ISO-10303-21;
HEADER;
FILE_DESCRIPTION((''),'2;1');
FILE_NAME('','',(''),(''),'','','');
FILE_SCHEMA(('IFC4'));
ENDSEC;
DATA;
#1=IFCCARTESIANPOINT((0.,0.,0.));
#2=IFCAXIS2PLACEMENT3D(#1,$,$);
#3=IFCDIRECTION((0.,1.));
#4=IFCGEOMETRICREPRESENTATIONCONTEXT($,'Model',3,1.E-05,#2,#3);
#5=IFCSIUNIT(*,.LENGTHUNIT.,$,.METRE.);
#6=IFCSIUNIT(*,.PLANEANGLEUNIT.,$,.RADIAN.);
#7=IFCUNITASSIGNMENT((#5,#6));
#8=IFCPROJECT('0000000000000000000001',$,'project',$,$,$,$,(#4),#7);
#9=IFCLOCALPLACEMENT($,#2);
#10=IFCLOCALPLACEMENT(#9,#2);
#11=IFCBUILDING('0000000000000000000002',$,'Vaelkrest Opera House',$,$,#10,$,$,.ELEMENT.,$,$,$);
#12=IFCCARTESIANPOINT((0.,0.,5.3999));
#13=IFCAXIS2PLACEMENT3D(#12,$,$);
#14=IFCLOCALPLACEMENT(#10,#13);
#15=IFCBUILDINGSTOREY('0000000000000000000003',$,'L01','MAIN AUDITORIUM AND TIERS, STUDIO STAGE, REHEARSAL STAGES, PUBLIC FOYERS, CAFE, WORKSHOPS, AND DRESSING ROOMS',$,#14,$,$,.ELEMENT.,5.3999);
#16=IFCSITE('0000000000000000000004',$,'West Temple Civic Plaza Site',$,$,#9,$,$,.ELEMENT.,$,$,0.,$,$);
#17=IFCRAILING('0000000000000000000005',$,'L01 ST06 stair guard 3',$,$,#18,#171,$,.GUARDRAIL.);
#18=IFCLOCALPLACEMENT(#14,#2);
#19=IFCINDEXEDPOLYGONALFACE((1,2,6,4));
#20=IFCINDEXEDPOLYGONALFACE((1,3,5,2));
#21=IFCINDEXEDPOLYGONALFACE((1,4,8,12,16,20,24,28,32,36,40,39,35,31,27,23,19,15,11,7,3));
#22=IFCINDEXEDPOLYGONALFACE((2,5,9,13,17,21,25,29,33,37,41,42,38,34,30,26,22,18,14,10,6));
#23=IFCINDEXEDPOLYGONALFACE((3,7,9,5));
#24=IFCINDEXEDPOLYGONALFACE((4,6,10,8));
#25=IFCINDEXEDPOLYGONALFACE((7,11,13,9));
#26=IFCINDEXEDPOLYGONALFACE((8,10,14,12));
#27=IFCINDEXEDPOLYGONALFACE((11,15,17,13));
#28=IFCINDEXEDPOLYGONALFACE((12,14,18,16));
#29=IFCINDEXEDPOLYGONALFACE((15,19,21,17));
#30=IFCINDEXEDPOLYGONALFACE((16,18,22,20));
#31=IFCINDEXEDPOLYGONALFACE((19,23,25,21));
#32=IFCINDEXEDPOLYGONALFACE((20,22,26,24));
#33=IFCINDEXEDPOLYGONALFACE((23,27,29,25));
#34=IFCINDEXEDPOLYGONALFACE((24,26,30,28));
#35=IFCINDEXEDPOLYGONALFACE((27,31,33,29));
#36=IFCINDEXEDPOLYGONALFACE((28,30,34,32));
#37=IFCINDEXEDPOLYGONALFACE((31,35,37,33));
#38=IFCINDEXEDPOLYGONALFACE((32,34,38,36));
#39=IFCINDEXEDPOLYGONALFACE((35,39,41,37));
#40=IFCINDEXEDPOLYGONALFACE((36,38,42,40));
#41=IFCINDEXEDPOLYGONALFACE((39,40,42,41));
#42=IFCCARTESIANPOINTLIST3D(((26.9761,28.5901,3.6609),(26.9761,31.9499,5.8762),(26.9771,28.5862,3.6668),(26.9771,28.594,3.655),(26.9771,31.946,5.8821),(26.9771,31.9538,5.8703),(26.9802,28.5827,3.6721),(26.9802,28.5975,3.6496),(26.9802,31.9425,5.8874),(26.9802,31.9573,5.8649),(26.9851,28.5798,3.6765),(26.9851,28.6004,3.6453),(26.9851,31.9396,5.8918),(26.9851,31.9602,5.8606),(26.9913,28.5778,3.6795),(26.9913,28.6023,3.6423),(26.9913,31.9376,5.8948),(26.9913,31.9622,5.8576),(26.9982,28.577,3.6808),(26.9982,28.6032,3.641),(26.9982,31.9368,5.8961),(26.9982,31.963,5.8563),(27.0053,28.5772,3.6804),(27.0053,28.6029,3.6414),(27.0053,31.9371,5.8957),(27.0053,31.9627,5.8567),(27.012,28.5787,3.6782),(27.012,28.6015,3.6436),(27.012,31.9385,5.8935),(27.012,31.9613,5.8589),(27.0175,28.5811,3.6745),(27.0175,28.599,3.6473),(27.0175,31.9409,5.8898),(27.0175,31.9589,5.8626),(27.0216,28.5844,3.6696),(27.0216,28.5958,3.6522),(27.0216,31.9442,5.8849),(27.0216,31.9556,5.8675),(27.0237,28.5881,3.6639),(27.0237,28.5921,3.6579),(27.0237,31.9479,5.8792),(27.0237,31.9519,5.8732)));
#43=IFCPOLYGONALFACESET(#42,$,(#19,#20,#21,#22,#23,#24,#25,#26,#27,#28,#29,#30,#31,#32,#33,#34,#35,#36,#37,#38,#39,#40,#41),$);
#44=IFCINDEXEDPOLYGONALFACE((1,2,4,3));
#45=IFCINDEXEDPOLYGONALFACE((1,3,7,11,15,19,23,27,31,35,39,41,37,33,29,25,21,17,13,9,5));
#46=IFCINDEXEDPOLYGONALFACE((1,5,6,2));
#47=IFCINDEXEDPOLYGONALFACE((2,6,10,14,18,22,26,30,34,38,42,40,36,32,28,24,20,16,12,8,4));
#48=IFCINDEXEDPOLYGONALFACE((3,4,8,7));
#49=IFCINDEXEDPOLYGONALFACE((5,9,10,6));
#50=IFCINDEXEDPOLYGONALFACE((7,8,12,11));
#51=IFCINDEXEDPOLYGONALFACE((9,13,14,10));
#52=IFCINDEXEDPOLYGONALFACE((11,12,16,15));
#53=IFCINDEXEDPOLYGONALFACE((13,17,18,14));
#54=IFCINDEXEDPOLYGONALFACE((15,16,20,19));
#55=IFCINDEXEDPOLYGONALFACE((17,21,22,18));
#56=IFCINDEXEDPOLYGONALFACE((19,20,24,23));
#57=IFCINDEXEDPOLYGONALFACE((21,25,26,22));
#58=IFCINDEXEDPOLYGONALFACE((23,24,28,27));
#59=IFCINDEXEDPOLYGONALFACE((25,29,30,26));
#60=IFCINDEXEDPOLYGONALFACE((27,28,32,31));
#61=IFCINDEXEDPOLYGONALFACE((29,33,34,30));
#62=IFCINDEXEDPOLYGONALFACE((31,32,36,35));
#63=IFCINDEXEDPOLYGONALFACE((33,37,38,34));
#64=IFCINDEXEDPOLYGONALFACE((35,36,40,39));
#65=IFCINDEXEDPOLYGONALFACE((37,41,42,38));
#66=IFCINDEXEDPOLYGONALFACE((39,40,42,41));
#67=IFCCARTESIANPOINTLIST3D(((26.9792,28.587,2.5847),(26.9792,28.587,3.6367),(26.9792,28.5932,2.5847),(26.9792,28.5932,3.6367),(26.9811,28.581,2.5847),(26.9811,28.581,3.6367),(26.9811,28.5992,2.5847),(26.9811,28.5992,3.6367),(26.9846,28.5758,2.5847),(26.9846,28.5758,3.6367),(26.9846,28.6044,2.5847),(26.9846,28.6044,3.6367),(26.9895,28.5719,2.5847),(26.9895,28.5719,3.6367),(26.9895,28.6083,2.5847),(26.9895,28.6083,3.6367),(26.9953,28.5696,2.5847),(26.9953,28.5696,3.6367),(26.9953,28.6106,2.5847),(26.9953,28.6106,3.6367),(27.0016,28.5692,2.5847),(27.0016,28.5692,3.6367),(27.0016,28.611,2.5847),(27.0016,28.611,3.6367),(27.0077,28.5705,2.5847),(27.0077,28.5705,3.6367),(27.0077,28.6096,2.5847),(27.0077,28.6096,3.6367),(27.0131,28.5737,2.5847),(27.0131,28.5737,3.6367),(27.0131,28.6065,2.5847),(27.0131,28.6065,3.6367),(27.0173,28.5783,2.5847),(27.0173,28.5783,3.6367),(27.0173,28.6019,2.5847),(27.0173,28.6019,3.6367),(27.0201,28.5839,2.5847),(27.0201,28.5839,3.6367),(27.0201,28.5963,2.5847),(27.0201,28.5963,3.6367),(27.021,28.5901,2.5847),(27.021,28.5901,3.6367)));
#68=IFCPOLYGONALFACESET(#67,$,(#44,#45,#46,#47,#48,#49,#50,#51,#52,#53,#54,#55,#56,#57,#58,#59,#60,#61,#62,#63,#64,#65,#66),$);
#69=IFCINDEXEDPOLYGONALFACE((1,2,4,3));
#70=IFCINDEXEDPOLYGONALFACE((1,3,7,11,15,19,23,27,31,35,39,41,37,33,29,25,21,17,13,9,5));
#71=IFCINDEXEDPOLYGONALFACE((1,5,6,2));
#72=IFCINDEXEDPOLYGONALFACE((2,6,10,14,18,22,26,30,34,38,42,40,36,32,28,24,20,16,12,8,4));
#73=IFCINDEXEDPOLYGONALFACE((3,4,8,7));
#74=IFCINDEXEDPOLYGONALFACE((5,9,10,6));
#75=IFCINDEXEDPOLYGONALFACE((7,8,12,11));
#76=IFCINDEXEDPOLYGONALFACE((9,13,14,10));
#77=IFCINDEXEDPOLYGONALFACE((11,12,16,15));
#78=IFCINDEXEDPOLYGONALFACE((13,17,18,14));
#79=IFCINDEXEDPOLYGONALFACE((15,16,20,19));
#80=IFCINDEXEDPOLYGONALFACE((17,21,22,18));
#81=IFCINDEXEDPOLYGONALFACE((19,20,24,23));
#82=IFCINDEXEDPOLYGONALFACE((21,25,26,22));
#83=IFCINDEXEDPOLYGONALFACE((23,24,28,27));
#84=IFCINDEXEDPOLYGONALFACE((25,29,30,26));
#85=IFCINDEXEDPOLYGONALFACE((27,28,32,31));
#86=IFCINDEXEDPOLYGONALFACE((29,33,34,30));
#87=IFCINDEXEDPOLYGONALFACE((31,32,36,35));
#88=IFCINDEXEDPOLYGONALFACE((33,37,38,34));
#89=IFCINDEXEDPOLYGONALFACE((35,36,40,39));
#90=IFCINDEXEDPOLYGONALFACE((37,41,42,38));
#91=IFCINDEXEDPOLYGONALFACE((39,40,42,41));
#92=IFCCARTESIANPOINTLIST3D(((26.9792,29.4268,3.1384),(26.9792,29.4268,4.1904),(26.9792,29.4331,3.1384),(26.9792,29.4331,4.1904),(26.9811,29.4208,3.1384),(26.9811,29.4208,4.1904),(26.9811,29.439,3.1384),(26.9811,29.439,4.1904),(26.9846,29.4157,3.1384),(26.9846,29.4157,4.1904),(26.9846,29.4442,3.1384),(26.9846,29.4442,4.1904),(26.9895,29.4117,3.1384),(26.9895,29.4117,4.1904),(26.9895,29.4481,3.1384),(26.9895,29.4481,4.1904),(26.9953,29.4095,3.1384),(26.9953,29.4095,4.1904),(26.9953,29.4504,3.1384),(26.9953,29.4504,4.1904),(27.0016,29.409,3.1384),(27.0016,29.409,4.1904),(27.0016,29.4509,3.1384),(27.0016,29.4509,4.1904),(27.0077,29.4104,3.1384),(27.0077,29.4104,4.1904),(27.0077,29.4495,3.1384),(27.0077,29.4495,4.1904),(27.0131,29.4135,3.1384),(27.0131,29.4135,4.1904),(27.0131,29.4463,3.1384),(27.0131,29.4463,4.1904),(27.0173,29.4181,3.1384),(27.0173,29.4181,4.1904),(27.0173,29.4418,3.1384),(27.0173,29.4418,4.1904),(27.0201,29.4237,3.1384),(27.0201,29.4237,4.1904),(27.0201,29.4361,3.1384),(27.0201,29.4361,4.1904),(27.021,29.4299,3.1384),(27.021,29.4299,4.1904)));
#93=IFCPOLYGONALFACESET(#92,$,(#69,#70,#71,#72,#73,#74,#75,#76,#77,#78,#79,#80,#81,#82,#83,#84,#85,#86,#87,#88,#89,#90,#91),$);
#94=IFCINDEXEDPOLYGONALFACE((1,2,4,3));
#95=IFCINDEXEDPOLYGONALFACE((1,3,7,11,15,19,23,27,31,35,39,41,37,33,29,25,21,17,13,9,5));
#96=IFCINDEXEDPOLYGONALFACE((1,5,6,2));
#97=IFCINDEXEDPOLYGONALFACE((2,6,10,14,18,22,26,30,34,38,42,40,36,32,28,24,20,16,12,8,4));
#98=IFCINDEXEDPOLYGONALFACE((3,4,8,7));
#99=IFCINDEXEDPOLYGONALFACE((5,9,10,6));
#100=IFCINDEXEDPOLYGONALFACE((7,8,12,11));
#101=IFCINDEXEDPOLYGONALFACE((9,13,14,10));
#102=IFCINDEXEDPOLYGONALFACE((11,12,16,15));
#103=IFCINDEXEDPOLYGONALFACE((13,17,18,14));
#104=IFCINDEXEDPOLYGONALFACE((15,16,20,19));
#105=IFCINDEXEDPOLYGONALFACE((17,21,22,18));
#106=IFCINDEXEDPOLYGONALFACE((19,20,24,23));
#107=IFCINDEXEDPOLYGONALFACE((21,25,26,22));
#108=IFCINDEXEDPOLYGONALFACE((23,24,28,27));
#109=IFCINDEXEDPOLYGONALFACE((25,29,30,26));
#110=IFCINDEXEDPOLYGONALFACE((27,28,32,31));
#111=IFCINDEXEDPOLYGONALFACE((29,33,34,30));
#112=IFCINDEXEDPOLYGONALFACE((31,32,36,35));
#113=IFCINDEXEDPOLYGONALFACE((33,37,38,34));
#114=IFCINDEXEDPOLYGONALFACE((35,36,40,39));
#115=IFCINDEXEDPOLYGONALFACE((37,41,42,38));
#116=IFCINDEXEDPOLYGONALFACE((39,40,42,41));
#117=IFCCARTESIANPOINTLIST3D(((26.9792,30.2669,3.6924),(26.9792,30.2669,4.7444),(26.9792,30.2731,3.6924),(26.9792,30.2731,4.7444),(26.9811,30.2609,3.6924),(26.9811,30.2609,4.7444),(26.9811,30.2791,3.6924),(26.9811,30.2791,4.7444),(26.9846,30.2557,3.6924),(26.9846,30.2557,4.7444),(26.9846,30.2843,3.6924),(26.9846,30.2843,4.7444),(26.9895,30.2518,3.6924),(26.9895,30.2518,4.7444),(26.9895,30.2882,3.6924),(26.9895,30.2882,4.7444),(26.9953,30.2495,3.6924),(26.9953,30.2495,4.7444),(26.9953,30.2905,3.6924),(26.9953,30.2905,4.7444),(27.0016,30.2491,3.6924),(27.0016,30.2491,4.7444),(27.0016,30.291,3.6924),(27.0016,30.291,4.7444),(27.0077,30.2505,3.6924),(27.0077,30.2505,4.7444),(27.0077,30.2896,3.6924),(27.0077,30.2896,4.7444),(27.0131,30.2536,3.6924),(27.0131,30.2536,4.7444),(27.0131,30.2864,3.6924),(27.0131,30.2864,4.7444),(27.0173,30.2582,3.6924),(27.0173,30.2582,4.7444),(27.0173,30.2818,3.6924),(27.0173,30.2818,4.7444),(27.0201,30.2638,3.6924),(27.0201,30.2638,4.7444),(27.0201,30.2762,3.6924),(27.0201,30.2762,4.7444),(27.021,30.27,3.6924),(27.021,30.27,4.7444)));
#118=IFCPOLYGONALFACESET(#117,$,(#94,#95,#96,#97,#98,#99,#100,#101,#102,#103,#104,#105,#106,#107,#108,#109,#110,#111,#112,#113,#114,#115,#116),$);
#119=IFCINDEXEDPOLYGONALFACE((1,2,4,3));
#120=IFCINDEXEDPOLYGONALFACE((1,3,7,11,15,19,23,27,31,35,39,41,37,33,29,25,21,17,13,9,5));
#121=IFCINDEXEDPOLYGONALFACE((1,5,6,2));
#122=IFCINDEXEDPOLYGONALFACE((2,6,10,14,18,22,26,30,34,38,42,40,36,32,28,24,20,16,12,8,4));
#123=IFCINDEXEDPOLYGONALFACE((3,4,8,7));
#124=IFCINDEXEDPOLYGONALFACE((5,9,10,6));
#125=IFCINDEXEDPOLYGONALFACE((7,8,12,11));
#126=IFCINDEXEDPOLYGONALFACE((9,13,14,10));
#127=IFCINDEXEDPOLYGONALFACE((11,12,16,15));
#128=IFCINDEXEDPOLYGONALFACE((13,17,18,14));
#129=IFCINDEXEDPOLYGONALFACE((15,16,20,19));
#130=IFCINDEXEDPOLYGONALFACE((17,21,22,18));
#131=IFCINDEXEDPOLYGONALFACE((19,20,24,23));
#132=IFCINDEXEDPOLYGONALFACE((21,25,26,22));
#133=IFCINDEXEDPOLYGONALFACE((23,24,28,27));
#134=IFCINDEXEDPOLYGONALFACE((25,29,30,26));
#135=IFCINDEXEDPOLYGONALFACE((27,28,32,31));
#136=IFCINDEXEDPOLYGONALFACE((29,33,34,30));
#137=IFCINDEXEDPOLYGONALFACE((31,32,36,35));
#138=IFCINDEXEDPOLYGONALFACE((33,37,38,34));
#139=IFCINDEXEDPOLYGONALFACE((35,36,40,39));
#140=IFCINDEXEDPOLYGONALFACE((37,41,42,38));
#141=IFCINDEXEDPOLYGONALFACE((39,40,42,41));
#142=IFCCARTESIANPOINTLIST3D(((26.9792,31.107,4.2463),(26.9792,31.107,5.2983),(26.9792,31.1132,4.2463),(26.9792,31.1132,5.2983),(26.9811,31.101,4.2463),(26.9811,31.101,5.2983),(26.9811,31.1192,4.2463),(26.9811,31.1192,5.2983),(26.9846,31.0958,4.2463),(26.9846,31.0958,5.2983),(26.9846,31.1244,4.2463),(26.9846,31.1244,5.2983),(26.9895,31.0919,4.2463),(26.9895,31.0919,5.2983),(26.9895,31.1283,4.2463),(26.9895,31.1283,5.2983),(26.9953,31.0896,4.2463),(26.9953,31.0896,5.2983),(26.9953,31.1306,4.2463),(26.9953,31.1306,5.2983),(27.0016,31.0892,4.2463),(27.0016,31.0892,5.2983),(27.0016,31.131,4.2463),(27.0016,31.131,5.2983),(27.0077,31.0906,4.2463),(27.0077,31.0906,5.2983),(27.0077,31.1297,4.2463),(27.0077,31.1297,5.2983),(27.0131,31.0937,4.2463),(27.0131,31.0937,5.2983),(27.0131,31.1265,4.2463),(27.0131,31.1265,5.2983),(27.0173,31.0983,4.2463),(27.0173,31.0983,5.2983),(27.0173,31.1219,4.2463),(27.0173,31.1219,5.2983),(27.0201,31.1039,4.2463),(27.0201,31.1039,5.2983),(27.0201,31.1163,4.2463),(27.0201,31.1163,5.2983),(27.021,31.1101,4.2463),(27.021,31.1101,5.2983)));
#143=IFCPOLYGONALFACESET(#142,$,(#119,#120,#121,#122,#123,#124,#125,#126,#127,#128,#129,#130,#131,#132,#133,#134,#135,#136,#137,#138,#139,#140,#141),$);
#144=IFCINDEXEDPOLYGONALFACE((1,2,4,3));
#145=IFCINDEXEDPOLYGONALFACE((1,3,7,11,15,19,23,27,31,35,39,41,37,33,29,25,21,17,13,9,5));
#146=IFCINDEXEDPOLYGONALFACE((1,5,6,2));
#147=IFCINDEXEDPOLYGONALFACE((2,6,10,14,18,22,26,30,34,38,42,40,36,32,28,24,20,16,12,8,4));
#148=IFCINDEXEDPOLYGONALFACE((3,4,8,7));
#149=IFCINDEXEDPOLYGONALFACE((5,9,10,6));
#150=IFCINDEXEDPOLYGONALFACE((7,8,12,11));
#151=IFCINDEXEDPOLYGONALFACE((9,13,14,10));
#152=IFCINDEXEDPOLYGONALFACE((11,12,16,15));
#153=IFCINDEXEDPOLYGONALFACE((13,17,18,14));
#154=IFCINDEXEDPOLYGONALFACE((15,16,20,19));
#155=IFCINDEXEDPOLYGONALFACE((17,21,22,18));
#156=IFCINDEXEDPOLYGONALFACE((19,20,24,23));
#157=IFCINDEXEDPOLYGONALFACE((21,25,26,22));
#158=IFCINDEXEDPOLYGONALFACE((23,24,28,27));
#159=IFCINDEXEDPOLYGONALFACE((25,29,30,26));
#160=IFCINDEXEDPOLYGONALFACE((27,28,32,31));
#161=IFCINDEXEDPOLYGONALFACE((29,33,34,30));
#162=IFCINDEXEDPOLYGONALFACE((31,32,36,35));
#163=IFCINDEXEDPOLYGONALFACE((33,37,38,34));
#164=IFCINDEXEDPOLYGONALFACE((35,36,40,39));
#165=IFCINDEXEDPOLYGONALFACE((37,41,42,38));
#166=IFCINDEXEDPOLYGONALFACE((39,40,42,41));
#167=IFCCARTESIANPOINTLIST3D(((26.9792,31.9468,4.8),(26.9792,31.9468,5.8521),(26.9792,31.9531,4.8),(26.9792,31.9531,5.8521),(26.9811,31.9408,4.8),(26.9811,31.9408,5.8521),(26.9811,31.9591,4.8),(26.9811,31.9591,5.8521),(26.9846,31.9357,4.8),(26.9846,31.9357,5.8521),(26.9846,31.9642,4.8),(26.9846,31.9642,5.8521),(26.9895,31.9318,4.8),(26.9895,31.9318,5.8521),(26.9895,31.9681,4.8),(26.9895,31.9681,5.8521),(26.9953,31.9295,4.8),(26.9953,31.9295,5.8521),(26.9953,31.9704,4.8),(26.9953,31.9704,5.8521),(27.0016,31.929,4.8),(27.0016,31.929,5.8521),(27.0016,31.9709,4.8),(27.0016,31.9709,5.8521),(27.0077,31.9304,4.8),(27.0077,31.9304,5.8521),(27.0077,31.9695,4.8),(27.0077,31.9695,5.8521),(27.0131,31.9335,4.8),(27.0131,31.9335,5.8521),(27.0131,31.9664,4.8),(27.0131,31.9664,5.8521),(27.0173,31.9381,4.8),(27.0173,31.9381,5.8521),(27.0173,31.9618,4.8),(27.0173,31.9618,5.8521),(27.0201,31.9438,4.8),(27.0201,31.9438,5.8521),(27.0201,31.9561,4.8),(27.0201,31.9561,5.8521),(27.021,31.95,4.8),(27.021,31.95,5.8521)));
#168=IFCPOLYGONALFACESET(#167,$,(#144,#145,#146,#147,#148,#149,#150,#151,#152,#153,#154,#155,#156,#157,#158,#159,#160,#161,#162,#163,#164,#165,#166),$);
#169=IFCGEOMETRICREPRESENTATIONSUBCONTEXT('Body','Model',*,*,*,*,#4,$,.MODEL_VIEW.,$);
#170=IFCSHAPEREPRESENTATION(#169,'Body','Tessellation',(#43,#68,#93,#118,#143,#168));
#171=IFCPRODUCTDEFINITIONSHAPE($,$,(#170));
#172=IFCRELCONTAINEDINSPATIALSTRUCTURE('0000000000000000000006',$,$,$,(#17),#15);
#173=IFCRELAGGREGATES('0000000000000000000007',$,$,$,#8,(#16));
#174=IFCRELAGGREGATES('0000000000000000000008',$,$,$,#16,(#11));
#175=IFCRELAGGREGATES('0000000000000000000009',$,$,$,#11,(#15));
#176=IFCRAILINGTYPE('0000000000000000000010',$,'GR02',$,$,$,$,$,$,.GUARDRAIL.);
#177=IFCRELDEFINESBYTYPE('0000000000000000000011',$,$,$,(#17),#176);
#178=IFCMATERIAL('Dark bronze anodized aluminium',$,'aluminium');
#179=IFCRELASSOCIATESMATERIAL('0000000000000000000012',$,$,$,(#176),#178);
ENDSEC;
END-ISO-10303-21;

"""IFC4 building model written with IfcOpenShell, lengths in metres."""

from ifc_helpers import new_model, si_unit, direction, frame, origin, origin_2d, place, context, subcontext, project, spatial, circle, extrude, material, type_object, element, save


model = new_model("IFC4")

# Units and contexts
model_context = context("Model", 3, precision=1e-05, world=origin(), true_north=direction((0.0, 1.0)))
body_context = subcontext(model_context, "Body", "Model", "MODEL_VIEW")
ifc_project = project(units=[si_unit("LENGTHUNIT", "METRE"), si_unit("PLANEANGLEUNIT", "RADIAN")], contexts=[model_context])

# Site, building, storey
site_placement = place(None, origin())
site = spatial("IfcSite", under=ifc_project, at=site_placement, Name="West Temple Civic Plaza Site", CompositionType="ELEMENT", RefElevation=0.0)
building_placement = place(site_placement, origin())
building = spatial("IfcBuilding", under=site, at=building_placement, Name="Vaelkrest Opera House", CompositionType="ELEMENT")
storey_placement = place(building_placement, frame((0.0, 0.0, 5.3999)))
storey = spatial("IfcBuildingStorey", under=building, at=storey_placement, Name="L01", Description="MAIN AUDITORIUM AND TIERS, STUDIO STAGE, REHEARSAL STAGES, PUBLIC FOYERS, CAFE, WORKSHOPS, AND DRESSING ROOMS", CompositionType="ELEMENT", Elevation=5.3999)

# Shared definitions
ifc_material_1 = material(Name="Dark bronze anodized aluminium", Category="aluminium")

# Railing
railing_type_1 = type_object("IfcRailingType", Name="GR02", PredefinedType="GUARDRAIL", material=ifc_material_1)
railing_1_placement = place(storey_placement, frame((27.0, 28.5901, 2.5847)))
element("IfcRailing", 1, at=railing_1_placement, inside=storey, type_object=railing_type_1, Name="L01 ST06 stair guard 3", PredefinedType="GUARDRAIL", context=body_context, shape_type="SweptSolid", body=[
    extrude(circle(Radius=0.0239, at=origin_2d()), frame((0.0, 0.0, 1.0762), z_axis=(0.0, 0.834858, 0.550465), x_axis=(-1.0, 0.0, 0.0)), (0.0, 0.0, 1.0), 4.0244),
    extrude(circle(Radius=0.021, at=origin_2d()), origin(), (0.0, 0.0, 1.0), 1.052),
    extrude(circle(Radius=0.021, at=origin_2d()), frame((0.0, 0.8398, 0.5537)), (0.0, 0.0, 1.0), 1.052),
    extrude(circle(Radius=0.021, at=origin_2d()), frame((0.0, 1.6799, 1.1077)), (0.0, 0.0, 1.0), 1.052),
    extrude(circle(Radius=0.021, at=origin_2d()), frame((0.0, 2.52, 1.6616)), (0.0, 0.0, 1.0), 1.052),
    extrude(circle(Radius=0.021, at=origin_2d()), frame((0.0, 3.3599, 2.2153)), (0.0, 0.0, 1.0), 1.052),
])

save(model, "model.ifc")
